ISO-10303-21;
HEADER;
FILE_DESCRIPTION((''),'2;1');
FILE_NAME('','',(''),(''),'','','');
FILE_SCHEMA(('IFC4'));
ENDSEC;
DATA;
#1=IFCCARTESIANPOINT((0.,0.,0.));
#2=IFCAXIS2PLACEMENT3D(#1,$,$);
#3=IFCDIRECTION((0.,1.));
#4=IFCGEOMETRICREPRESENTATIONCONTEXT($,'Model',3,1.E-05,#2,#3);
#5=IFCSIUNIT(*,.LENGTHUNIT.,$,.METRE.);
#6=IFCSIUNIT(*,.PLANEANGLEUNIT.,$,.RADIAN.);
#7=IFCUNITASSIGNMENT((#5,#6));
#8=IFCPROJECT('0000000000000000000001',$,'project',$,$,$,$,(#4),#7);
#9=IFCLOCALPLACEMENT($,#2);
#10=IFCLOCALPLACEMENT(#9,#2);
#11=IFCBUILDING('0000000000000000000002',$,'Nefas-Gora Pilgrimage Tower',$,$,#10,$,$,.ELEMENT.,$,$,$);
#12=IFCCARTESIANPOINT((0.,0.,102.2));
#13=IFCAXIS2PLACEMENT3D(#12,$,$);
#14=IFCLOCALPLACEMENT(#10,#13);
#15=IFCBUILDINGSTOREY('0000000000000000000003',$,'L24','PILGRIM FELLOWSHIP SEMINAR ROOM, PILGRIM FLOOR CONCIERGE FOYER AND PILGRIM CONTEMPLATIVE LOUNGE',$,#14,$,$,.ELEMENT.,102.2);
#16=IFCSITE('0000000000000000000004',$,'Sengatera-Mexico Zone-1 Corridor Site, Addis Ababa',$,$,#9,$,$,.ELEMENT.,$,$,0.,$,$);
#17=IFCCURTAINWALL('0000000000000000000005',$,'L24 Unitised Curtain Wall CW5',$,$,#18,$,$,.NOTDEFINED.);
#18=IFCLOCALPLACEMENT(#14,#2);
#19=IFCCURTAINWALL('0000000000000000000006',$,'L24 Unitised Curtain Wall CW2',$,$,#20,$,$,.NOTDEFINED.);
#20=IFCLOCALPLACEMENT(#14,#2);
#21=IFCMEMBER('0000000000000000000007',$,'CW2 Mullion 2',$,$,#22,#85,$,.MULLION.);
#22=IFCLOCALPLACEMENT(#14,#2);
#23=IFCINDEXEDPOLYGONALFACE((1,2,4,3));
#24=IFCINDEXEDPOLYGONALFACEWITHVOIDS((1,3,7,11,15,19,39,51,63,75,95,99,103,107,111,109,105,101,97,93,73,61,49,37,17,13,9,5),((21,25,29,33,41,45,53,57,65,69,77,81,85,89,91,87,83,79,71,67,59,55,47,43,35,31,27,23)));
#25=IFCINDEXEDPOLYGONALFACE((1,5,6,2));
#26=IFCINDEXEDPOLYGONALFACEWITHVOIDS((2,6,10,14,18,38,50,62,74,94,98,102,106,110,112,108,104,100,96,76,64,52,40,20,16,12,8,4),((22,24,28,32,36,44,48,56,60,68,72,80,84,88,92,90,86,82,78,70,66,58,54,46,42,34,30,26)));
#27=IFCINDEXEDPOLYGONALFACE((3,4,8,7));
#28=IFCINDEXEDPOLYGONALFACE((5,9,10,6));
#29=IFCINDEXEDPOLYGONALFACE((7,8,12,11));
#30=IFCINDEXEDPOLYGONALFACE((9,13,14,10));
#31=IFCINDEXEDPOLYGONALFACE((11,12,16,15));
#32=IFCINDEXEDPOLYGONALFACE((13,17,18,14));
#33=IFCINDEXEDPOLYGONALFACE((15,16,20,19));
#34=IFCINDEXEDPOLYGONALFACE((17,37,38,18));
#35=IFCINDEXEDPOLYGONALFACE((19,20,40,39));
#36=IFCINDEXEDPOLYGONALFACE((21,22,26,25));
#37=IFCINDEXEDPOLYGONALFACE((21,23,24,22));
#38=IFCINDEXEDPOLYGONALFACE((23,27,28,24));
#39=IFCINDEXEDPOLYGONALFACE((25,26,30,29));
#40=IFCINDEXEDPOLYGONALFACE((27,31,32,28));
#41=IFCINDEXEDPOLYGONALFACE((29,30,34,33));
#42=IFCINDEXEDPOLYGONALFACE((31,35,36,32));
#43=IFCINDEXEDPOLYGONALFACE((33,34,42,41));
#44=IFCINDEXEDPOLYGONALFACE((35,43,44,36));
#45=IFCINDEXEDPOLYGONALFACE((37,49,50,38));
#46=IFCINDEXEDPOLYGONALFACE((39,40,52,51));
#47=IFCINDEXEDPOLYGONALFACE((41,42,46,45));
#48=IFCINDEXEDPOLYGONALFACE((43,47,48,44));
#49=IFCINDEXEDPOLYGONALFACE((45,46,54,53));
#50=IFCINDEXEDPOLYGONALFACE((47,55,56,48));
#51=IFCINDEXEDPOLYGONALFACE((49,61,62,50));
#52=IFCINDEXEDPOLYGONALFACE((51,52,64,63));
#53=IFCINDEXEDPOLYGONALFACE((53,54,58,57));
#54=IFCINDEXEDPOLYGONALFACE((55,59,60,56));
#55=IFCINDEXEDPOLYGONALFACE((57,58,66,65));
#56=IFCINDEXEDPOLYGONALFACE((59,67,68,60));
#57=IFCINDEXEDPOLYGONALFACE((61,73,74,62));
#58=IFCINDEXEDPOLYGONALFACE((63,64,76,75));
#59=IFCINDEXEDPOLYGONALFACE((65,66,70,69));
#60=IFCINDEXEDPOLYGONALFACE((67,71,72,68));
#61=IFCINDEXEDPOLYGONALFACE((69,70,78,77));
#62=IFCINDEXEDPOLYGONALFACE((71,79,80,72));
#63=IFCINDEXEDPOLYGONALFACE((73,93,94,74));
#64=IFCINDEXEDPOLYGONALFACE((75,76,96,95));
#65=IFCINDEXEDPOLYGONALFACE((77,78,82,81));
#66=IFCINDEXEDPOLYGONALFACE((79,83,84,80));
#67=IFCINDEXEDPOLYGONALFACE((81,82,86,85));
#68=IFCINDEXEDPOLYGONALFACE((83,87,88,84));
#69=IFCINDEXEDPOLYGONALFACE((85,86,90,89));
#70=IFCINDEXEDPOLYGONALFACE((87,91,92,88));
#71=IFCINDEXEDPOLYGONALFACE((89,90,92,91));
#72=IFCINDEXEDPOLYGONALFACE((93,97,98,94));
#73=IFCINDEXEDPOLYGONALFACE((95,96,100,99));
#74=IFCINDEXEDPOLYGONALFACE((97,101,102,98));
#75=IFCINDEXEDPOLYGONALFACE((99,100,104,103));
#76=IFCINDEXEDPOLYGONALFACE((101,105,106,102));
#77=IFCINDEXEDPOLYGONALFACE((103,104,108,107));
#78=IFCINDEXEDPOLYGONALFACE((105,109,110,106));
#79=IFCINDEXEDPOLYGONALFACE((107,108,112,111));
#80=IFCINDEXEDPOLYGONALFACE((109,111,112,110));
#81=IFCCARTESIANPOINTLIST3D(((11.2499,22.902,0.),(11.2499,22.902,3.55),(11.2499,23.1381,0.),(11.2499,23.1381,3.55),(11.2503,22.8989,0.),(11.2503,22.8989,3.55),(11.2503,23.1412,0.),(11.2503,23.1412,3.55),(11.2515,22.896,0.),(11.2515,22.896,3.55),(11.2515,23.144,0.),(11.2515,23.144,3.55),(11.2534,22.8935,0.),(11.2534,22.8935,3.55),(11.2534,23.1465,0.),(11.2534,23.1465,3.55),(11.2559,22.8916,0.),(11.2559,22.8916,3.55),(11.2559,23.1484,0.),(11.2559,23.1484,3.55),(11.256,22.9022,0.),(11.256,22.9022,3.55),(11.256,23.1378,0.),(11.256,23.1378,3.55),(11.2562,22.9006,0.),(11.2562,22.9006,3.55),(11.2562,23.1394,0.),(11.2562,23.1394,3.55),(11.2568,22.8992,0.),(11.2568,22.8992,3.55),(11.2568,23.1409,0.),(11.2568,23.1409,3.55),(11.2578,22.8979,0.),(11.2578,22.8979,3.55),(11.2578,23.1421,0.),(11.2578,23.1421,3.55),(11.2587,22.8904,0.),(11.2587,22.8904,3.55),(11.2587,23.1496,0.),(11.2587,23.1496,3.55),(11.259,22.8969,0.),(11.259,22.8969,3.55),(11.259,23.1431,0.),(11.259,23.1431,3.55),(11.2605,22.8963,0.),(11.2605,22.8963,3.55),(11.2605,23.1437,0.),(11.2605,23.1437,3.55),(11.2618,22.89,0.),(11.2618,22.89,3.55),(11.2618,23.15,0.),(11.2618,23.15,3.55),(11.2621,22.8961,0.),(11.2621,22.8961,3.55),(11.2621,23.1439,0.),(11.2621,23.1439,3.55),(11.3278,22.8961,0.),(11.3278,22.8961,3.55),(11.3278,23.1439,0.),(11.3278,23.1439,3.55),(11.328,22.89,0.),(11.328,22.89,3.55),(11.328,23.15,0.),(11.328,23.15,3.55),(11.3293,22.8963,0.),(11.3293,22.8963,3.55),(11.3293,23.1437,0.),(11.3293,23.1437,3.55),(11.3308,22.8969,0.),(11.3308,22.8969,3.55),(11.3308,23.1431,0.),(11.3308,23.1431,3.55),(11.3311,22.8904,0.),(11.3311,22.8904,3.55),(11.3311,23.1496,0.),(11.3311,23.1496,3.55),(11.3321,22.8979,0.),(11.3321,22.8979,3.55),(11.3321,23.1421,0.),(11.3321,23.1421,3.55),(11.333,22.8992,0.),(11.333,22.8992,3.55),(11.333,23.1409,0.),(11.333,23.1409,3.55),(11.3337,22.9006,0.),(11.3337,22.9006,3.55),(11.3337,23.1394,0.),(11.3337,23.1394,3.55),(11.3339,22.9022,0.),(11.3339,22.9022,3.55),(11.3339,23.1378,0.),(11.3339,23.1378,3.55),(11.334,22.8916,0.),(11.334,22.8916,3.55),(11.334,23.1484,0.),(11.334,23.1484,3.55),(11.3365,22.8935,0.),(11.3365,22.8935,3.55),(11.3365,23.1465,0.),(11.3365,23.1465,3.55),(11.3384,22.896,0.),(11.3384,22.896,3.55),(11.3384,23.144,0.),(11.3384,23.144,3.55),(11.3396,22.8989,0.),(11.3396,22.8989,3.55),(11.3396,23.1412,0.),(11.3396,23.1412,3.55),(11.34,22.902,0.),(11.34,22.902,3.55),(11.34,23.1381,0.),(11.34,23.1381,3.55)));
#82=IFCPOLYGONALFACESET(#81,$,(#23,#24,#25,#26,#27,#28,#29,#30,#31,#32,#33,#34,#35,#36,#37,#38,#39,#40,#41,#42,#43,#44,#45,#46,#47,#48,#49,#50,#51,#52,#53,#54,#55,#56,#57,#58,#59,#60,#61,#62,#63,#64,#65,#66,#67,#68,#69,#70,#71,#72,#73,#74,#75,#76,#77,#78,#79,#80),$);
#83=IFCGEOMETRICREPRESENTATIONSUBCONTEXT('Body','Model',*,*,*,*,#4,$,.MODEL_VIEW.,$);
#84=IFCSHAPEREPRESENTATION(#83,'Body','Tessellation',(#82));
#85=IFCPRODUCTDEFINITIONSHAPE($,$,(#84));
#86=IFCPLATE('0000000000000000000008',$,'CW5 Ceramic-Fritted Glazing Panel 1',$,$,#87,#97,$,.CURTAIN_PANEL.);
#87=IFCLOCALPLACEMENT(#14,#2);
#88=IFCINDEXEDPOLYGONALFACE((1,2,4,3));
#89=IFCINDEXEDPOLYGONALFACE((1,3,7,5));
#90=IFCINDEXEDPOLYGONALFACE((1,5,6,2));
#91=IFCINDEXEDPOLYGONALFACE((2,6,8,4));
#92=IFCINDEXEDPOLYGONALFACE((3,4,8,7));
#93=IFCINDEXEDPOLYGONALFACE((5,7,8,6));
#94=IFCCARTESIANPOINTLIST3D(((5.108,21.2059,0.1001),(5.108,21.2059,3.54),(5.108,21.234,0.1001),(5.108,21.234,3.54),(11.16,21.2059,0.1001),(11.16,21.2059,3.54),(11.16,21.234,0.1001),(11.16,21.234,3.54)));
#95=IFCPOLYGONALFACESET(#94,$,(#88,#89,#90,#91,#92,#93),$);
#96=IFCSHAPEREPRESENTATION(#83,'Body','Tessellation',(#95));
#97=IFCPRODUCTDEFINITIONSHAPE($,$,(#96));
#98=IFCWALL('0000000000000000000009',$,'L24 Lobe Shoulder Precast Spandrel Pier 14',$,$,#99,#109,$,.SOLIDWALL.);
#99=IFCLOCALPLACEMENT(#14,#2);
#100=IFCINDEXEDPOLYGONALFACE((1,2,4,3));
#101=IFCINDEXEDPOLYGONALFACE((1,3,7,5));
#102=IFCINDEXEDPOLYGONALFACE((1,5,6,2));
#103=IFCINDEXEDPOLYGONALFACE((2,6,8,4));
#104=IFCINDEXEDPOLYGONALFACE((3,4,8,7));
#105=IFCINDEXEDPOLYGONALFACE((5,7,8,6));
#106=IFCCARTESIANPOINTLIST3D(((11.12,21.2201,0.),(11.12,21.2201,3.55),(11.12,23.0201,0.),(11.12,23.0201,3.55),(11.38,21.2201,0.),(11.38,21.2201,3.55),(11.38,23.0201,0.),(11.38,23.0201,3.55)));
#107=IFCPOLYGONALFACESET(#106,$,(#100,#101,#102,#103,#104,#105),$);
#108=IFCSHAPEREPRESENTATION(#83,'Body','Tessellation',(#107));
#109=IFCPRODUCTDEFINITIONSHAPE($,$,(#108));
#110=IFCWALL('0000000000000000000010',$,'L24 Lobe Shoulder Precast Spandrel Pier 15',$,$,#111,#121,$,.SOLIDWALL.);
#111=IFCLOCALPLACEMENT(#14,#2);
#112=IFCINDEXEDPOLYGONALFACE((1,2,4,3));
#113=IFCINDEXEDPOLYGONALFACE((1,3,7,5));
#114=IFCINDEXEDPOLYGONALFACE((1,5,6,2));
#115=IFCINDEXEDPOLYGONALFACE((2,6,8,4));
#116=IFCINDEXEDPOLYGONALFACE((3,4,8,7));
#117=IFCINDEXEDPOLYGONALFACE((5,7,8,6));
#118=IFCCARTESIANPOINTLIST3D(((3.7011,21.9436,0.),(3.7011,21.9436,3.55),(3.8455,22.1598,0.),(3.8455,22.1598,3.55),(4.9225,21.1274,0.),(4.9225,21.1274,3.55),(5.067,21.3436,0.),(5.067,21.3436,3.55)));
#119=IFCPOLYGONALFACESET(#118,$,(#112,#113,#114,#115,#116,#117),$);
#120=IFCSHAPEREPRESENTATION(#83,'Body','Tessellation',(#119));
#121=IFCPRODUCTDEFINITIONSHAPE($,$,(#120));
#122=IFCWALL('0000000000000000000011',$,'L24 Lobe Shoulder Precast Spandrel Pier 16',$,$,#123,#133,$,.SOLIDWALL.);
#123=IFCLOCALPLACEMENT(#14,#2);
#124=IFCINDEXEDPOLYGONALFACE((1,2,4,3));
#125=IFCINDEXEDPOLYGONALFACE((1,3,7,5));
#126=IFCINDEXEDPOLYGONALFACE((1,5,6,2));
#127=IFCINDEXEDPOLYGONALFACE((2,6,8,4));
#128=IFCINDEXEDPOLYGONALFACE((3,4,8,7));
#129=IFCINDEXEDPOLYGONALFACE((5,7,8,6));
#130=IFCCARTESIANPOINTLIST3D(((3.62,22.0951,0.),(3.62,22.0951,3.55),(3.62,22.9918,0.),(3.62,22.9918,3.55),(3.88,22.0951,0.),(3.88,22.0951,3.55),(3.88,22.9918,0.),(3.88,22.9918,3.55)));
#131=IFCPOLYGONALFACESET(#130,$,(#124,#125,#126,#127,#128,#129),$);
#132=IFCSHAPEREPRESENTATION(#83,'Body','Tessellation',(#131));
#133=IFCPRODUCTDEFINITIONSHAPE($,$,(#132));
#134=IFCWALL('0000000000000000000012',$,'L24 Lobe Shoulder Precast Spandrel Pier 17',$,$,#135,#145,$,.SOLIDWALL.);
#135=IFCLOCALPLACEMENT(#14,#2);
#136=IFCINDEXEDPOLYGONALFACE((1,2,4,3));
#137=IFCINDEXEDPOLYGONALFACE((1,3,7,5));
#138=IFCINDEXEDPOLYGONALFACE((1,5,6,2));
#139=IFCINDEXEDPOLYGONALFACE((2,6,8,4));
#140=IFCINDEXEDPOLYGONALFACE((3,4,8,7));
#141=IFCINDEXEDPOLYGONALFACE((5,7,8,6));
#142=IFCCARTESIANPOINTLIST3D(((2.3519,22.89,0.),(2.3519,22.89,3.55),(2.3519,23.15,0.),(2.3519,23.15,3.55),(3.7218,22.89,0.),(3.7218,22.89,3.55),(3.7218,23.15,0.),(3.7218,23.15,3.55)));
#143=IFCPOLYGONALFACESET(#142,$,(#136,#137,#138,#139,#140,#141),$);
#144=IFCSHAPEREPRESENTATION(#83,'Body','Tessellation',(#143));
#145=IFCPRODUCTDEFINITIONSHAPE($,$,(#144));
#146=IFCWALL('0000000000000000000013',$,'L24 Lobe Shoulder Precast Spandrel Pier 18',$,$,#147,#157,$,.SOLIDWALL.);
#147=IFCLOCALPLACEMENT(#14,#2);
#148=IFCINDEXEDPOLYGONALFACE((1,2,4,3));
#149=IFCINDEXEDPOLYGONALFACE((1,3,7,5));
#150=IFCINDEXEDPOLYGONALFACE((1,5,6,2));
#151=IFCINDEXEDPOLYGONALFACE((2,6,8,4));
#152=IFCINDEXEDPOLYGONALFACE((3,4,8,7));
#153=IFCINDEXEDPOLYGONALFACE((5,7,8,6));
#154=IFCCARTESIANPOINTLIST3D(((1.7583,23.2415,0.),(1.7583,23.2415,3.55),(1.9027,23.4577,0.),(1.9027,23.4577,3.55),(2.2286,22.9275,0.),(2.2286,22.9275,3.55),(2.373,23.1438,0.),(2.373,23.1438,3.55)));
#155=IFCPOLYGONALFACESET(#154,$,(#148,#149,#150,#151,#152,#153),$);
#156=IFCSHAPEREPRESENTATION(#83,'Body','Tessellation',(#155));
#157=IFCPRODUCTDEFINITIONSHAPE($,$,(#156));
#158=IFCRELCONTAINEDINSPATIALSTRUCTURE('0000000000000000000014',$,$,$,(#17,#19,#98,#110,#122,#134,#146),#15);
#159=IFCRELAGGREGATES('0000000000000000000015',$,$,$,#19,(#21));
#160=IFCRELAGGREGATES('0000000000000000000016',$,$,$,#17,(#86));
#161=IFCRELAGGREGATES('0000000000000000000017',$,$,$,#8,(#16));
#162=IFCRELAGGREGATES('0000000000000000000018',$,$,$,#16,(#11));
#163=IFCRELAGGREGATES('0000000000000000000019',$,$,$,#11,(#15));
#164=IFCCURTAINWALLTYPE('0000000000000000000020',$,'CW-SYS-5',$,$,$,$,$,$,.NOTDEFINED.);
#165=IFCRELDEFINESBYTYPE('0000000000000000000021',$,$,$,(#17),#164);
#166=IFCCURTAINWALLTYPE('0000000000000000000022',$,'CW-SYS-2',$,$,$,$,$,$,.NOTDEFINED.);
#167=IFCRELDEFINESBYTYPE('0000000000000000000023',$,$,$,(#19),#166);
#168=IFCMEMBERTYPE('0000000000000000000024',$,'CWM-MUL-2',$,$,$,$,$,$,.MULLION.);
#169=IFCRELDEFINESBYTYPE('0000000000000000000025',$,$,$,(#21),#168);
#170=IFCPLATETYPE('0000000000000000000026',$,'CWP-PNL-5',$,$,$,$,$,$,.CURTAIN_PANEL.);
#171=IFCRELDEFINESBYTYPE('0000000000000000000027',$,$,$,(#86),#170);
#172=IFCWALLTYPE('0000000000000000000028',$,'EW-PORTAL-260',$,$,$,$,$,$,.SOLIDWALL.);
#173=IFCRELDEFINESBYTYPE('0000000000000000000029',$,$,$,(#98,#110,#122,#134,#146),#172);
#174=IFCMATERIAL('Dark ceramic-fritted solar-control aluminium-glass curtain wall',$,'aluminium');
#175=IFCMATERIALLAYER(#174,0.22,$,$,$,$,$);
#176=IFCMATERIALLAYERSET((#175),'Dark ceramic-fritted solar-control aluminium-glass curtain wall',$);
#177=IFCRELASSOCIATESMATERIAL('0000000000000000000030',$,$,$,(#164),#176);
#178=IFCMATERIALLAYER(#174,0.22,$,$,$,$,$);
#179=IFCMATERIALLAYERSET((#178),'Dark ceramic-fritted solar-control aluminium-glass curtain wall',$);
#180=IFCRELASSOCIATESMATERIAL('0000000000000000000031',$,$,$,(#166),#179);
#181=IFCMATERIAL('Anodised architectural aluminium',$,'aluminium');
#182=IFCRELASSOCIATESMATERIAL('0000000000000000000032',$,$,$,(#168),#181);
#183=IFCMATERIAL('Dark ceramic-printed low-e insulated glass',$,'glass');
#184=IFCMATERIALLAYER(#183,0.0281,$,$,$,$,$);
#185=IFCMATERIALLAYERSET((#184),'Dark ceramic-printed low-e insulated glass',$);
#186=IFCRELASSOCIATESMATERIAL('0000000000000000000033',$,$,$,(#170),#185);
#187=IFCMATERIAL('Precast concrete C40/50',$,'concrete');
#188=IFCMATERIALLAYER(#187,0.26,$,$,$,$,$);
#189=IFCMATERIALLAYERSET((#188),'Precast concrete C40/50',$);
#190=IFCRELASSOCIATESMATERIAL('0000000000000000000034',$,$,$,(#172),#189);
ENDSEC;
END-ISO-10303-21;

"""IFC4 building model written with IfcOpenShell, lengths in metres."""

from ifc_helpers import new_model, si_unit, direction, frame, frame_2d, origin, origin_2d, place, context, subcontext, project, spatial, rectangle, hollow_rectangle, extrude, source, transform, mapped, material, layer, layer_set, material_profile, profile_set, type_object, element, aggregate, save


model = new_model("IFC4")

# Units and contexts
model_context = context("Model", 3, precision=1e-05, world=origin(), true_north=direction((0.0, 1.0)))
body_context = subcontext(model_context, "Body", "Model", "MODEL_VIEW")
ifc_project = project(units=[si_unit("LENGTHUNIT", "METRE"), si_unit("PLANEANGLEUNIT", "RADIAN")], contexts=[model_context])

# Site, building, storey
site_placement = place(None, origin())
site = spatial("IfcSite", under=ifc_project, at=site_placement, Name="Sengatera-Mexico Zone-1 Corridor Site, Addis Ababa", CompositionType="ELEMENT", RefElevation=0.0)
building_placement = place(site_placement, origin())
building = spatial("IfcBuilding", under=site, at=building_placement, Name="Nefas-Gora Pilgrimage Tower", CompositionType="ELEMENT")
storey_placement = place(building_placement, frame((0.0, 0.0, 102.2)))
storey = spatial("IfcBuildingStorey", under=building, at=storey_placement, Name="L24", Description="PILGRIM FELLOWSHIP SEMINAR ROOM, PILGRIM FLOOR CONCIERGE FOYER AND PILGRIM CONTEMPLATIVE LOUNGE", CompositionType="ELEMENT", Elevation=102.2)

# Curtain wall
ifc_material_1 = material(Name="Dark ceramic-fritted solar-control aluminium-glass curtain wall", Category="aluminium")
ifc_layer_1 = layer(ifc_material_1, 0.22)
ifc_layer_set_1 = layer_set([ifc_layer_1], Name="Dark ceramic-fritted solar-control aluminium-glass curtain wall")
curtain_wall_type_1 = type_object("IfcCurtainWallType", Name="CW-SYS-5", PredefinedType="NOTDEFINED", material=ifc_layer_set_1)
curtain_wall_1_placement = place(storey_placement, origin())
curtain_wall_1 = element("IfcCurtainWall", 1, at=curtain_wall_1_placement, inside=storey, type_object=curtain_wall_type_1, Name="L24 Unitised Curtain Wall CW5", PredefinedType="NOTDEFINED")
ifc_material_2 = material(Name="Anodised architectural aluminium", Category="aluminium")

# Curtain wall, member
ifc_layer_2 = layer(ifc_material_1, 0.22)
ifc_layer_set_2 = layer_set([ifc_layer_2], Name="Dark ceramic-fritted solar-control aluminium-glass curtain wall")
curtain_wall_type_2 = type_object("IfcCurtainWallType", Name="CW-SYS-2", PredefinedType="NOTDEFINED", material=ifc_layer_set_2)
curtain_wall_2_placement = place(storey_placement, origin())
curtain_wall_2 = element("IfcCurtainWall", 2, at=curtain_wall_2_placement, inside=storey, type_object=curtain_wall_type_2, Name="L24 Unitised Curtain Wall CW2", PredefinedType="NOTDEFINED")
ifc_material_profile_1 = material_profile(ifc_material_2, hollow_rectangle(XDim=0.0901, YDim=0.26, WallThickness=0.0061, InnerFilletRadius=0.0061, OuterFilletRadius=0.012, at=origin_2d()), Name="ALU MULLION 90x260")
ifc_profile_set_1 = profile_set([ifc_material_profile_1], Name="Anodised architectural aluminium")
member_type_1 = type_object("IfcMemberType", Name="CWM-MUL-2", PredefinedType="MULLION", material=ifc_profile_set_1)
shared_shape_1 = source(origin(), body_context, "Body", "SweptSolid", [
    extrude(hollow_rectangle(XDim=0.0901, YDim=0.26, WallThickness=0.0061, InnerFilletRadius=0.0061, OuterFilletRadius=0.012, at=origin_2d()), origin(), (0.0, 0.0, 1.0), 3.55),
])
member_1_placement = place(storey_placement, frame((11.2949, 23.02, 0.0), z_axis=(0.0, 0.0, 1.0), x_axis=(-1.0, 0.0, 0.0)))
member_1 = element("IfcMember", 3, at=member_1_placement, type_object=member_type_1, Name="CW2 Mullion 2", PredefinedType="MULLION", context=body_context, shape_type="MappedRepresentation", body=[
    mapped(shared_shape_1, transform((0.0, 0.0, 0.0), x_axis=(1.0, 0.0, 0.0), y_axis=(0.0, 1.0, 0.0), z_axis=(0.0, 0.0, 1.0), scale=1.0)),
])
aggregate(curtain_wall_2, [member_1])

# Plate
ifc_material_3 = material(Name="Dark ceramic-printed low-e insulated glass", Category="glass")
ifc_layer_3 = layer(ifc_material_3, 0.0281)
ifc_layer_set_3 = layer_set([ifc_layer_3], Name="Dark ceramic-printed low-e insulated glass")
plate_type = type_object("IfcPlateType", Name="CWP-PNL-5", PredefinedType="CURTAIN_PANEL", material=ifc_layer_set_3)
shared_shape_2 = source(origin(), body_context, "Body", "SweptSolid", [
    extrude(rectangle(XDim=6.052, YDim=0.0281, at=origin_2d()), origin(), (0.0, 0.0, 1.0), 3.4399),
])
plate_placement = place(storey_placement, frame((8.134, 21.22, 0.1001), z_axis=(0.0, 0.0, 1.0), x_axis=(-1.0, 0.0, 0.0)))
plate = element("IfcPlate", 4, at=plate_placement, type_object=plate_type, Name="CW5 Ceramic-Fritted Glazing Panel 1", PredefinedType="CURTAIN_PANEL", context=body_context, shape_type="MappedRepresentation", body=[
    mapped(shared_shape_2, transform((0.0, 0.0, 0.0), x_axis=(1.0, 0.0, 0.0), y_axis=(0.0, 1.0, 0.0), z_axis=(0.0, 0.0, 1.0), scale=1.0)),
])
aggregate(curtain_wall_1, [plate])

# Walls
ifc_material_4 = material(Name="Precast concrete C40/50", Category="concrete")
ifc_layer_4 = layer(ifc_material_4, 0.26)
ifc_layer_set_4 = layer_set([ifc_layer_4], Name="Precast concrete C40/50")
wall_type_1 = type_object("IfcWallType", Name="EW-PORTAL-260", PredefinedType="SOLIDWALL", material=ifc_layer_set_4)
shared_shape_3 = source(origin(), body_context, "Body", "SweptSolid", [
    extrude(rectangle(XDim=1.8, YDim=0.26, at=frame_2d((0.8999, 0.0))), origin(), (0.0, 0.0, 1.0), 3.55),
])
wall_1_placement = place(storey_placement, frame((11.25, 23.02, 0.0), z_axis=(0.0, 0.0, 1.0), x_axis=(0.0, -1.0, 0.0)))
element("IfcWall", 5, at=wall_1_placement, inside=storey, type_object=wall_type_1, Name="L24 Lobe Shoulder Precast Spandrel Pier 14", PredefinedType="SOLIDWALL", context=body_context, shape_type="MappedRepresentation", body=[
    mapped(shared_shape_3, transform((0.0, 0.0, 0.0), x_axis=(1.0, 0.0, 0.0), y_axis=(0.0, 1.0, 0.0), z_axis=(0.0, 0.0, 1.0), scale=1.0)),
])
shared_shape_4 = source(origin(), body_context, "Body", "SweptSolid", [
    extrude(rectangle(XDim=1.469, YDim=0.26, at=frame_2d((0.7344, 0.0))), origin(), (0.0, 0.0, 1.0), 3.55),
])
wall_2_placement = place(storey_placement, frame((4.9946, 21.2356, 0.0), z_axis=(0.0, 0.0, 1.0), x_axis=(-0.831462, 0.555582, 0.0)))
element("IfcWall", 6, at=wall_2_placement, inside=storey, type_object=wall_type_1, Name="L24 Lobe Shoulder Precast Spandrel Pier 15", PredefinedType="SOLIDWALL", context=body_context, shape_type="MappedRepresentation", body=[
    mapped(shared_shape_4, transform((0.0, 0.0, 0.0), x_axis=(1.0, 0.0, 0.0), y_axis=(0.0, 1.0, 0.0), z_axis=(0.0, 0.0, 1.0), scale=1.0)),
])
shared_shape_5 = source(origin(), body_context, "Body", "SweptSolid", [
    extrude(rectangle(XDim=0.8967, YDim=0.26, at=frame_2d((0.4482, 0.0))), origin(), (0.0, 0.0, 1.0), 3.55),
])
wall_3_placement = place(storey_placement, frame((3.75, 22.0952, 0.0), z_axis=(0.0, 0.0, 1.0), x_axis=(0.0, 1.0, 0.0)))
element("IfcWall", 7, at=wall_3_placement, inside=storey, type_object=wall_type_1, Name="L24 Lobe Shoulder Precast Spandrel Pier 16", PredefinedType="SOLIDWALL", context=body_context, shape_type="MappedRepresentation", body=[
    mapped(shared_shape_5, transform((0.0, 0.0, 0.0), x_axis=(1.0, 0.0, 0.0), y_axis=(0.0, 1.0, 0.0), z_axis=(0.0, 0.0, 1.0), scale=1.0)),
])
shared_shape_6 = source(origin(), body_context, "Body", "SweptSolid", [
    extrude(rectangle(XDim=1.3699, YDim=0.26, at=frame_2d((0.6851, 0.0))), origin(), (0.0, 0.0, 1.0), 3.55),
])
wall_4_placement = place(storey_placement, frame((3.7219, 23.02, 0.0), z_axis=(0.0, 0.0, 1.0), x_axis=(-1.0, 0.0, 0.0)))
element("IfcWall", 8, at=wall_4_placement, inside=storey, type_object=wall_type_1, Name="L24 Lobe Shoulder Precast Spandrel Pier 17", PredefinedType="SOLIDWALL", context=body_context, shape_type="MappedRepresentation", body=[
    mapped(shared_shape_6, transform((0.0, 0.0, 0.0), x_axis=(1.0, 0.0, 0.0), y_axis=(0.0, 1.0, 0.0), z_axis=(0.0, 0.0, 1.0), scale=1.0)),
])
shared_shape_7 = source(origin(), body_context, "Body", "SweptSolid", [
    extrude(rectangle(XDim=0.5654, YDim=0.26, at=frame_2d((0.2827, 0.0))), origin(), (0.0, 0.0, 1.0), 3.55),
])
wall_5_placement = place(storey_placement, frame((2.3008, 23.0356, 0.0), z_axis=(0.0, 0.0, 1.0), x_axis=(-0.831651, 0.555298, 0.0)))
element("IfcWall", 9, at=wall_5_placement, inside=storey, type_object=wall_type_1, Name="L24 Lobe Shoulder Precast Spandrel Pier 18", PredefinedType="SOLIDWALL", context=body_context, shape_type="MappedRepresentation", body=[
    mapped(shared_shape_7, transform((0.0, 0.0, 0.0), x_axis=(1.0, 0.0, 0.0), y_axis=(0.0, 1.0, 0.0), z_axis=(0.0, 0.0, 1.0), scale=1.0)),
])

save(model, "model.ifc")
